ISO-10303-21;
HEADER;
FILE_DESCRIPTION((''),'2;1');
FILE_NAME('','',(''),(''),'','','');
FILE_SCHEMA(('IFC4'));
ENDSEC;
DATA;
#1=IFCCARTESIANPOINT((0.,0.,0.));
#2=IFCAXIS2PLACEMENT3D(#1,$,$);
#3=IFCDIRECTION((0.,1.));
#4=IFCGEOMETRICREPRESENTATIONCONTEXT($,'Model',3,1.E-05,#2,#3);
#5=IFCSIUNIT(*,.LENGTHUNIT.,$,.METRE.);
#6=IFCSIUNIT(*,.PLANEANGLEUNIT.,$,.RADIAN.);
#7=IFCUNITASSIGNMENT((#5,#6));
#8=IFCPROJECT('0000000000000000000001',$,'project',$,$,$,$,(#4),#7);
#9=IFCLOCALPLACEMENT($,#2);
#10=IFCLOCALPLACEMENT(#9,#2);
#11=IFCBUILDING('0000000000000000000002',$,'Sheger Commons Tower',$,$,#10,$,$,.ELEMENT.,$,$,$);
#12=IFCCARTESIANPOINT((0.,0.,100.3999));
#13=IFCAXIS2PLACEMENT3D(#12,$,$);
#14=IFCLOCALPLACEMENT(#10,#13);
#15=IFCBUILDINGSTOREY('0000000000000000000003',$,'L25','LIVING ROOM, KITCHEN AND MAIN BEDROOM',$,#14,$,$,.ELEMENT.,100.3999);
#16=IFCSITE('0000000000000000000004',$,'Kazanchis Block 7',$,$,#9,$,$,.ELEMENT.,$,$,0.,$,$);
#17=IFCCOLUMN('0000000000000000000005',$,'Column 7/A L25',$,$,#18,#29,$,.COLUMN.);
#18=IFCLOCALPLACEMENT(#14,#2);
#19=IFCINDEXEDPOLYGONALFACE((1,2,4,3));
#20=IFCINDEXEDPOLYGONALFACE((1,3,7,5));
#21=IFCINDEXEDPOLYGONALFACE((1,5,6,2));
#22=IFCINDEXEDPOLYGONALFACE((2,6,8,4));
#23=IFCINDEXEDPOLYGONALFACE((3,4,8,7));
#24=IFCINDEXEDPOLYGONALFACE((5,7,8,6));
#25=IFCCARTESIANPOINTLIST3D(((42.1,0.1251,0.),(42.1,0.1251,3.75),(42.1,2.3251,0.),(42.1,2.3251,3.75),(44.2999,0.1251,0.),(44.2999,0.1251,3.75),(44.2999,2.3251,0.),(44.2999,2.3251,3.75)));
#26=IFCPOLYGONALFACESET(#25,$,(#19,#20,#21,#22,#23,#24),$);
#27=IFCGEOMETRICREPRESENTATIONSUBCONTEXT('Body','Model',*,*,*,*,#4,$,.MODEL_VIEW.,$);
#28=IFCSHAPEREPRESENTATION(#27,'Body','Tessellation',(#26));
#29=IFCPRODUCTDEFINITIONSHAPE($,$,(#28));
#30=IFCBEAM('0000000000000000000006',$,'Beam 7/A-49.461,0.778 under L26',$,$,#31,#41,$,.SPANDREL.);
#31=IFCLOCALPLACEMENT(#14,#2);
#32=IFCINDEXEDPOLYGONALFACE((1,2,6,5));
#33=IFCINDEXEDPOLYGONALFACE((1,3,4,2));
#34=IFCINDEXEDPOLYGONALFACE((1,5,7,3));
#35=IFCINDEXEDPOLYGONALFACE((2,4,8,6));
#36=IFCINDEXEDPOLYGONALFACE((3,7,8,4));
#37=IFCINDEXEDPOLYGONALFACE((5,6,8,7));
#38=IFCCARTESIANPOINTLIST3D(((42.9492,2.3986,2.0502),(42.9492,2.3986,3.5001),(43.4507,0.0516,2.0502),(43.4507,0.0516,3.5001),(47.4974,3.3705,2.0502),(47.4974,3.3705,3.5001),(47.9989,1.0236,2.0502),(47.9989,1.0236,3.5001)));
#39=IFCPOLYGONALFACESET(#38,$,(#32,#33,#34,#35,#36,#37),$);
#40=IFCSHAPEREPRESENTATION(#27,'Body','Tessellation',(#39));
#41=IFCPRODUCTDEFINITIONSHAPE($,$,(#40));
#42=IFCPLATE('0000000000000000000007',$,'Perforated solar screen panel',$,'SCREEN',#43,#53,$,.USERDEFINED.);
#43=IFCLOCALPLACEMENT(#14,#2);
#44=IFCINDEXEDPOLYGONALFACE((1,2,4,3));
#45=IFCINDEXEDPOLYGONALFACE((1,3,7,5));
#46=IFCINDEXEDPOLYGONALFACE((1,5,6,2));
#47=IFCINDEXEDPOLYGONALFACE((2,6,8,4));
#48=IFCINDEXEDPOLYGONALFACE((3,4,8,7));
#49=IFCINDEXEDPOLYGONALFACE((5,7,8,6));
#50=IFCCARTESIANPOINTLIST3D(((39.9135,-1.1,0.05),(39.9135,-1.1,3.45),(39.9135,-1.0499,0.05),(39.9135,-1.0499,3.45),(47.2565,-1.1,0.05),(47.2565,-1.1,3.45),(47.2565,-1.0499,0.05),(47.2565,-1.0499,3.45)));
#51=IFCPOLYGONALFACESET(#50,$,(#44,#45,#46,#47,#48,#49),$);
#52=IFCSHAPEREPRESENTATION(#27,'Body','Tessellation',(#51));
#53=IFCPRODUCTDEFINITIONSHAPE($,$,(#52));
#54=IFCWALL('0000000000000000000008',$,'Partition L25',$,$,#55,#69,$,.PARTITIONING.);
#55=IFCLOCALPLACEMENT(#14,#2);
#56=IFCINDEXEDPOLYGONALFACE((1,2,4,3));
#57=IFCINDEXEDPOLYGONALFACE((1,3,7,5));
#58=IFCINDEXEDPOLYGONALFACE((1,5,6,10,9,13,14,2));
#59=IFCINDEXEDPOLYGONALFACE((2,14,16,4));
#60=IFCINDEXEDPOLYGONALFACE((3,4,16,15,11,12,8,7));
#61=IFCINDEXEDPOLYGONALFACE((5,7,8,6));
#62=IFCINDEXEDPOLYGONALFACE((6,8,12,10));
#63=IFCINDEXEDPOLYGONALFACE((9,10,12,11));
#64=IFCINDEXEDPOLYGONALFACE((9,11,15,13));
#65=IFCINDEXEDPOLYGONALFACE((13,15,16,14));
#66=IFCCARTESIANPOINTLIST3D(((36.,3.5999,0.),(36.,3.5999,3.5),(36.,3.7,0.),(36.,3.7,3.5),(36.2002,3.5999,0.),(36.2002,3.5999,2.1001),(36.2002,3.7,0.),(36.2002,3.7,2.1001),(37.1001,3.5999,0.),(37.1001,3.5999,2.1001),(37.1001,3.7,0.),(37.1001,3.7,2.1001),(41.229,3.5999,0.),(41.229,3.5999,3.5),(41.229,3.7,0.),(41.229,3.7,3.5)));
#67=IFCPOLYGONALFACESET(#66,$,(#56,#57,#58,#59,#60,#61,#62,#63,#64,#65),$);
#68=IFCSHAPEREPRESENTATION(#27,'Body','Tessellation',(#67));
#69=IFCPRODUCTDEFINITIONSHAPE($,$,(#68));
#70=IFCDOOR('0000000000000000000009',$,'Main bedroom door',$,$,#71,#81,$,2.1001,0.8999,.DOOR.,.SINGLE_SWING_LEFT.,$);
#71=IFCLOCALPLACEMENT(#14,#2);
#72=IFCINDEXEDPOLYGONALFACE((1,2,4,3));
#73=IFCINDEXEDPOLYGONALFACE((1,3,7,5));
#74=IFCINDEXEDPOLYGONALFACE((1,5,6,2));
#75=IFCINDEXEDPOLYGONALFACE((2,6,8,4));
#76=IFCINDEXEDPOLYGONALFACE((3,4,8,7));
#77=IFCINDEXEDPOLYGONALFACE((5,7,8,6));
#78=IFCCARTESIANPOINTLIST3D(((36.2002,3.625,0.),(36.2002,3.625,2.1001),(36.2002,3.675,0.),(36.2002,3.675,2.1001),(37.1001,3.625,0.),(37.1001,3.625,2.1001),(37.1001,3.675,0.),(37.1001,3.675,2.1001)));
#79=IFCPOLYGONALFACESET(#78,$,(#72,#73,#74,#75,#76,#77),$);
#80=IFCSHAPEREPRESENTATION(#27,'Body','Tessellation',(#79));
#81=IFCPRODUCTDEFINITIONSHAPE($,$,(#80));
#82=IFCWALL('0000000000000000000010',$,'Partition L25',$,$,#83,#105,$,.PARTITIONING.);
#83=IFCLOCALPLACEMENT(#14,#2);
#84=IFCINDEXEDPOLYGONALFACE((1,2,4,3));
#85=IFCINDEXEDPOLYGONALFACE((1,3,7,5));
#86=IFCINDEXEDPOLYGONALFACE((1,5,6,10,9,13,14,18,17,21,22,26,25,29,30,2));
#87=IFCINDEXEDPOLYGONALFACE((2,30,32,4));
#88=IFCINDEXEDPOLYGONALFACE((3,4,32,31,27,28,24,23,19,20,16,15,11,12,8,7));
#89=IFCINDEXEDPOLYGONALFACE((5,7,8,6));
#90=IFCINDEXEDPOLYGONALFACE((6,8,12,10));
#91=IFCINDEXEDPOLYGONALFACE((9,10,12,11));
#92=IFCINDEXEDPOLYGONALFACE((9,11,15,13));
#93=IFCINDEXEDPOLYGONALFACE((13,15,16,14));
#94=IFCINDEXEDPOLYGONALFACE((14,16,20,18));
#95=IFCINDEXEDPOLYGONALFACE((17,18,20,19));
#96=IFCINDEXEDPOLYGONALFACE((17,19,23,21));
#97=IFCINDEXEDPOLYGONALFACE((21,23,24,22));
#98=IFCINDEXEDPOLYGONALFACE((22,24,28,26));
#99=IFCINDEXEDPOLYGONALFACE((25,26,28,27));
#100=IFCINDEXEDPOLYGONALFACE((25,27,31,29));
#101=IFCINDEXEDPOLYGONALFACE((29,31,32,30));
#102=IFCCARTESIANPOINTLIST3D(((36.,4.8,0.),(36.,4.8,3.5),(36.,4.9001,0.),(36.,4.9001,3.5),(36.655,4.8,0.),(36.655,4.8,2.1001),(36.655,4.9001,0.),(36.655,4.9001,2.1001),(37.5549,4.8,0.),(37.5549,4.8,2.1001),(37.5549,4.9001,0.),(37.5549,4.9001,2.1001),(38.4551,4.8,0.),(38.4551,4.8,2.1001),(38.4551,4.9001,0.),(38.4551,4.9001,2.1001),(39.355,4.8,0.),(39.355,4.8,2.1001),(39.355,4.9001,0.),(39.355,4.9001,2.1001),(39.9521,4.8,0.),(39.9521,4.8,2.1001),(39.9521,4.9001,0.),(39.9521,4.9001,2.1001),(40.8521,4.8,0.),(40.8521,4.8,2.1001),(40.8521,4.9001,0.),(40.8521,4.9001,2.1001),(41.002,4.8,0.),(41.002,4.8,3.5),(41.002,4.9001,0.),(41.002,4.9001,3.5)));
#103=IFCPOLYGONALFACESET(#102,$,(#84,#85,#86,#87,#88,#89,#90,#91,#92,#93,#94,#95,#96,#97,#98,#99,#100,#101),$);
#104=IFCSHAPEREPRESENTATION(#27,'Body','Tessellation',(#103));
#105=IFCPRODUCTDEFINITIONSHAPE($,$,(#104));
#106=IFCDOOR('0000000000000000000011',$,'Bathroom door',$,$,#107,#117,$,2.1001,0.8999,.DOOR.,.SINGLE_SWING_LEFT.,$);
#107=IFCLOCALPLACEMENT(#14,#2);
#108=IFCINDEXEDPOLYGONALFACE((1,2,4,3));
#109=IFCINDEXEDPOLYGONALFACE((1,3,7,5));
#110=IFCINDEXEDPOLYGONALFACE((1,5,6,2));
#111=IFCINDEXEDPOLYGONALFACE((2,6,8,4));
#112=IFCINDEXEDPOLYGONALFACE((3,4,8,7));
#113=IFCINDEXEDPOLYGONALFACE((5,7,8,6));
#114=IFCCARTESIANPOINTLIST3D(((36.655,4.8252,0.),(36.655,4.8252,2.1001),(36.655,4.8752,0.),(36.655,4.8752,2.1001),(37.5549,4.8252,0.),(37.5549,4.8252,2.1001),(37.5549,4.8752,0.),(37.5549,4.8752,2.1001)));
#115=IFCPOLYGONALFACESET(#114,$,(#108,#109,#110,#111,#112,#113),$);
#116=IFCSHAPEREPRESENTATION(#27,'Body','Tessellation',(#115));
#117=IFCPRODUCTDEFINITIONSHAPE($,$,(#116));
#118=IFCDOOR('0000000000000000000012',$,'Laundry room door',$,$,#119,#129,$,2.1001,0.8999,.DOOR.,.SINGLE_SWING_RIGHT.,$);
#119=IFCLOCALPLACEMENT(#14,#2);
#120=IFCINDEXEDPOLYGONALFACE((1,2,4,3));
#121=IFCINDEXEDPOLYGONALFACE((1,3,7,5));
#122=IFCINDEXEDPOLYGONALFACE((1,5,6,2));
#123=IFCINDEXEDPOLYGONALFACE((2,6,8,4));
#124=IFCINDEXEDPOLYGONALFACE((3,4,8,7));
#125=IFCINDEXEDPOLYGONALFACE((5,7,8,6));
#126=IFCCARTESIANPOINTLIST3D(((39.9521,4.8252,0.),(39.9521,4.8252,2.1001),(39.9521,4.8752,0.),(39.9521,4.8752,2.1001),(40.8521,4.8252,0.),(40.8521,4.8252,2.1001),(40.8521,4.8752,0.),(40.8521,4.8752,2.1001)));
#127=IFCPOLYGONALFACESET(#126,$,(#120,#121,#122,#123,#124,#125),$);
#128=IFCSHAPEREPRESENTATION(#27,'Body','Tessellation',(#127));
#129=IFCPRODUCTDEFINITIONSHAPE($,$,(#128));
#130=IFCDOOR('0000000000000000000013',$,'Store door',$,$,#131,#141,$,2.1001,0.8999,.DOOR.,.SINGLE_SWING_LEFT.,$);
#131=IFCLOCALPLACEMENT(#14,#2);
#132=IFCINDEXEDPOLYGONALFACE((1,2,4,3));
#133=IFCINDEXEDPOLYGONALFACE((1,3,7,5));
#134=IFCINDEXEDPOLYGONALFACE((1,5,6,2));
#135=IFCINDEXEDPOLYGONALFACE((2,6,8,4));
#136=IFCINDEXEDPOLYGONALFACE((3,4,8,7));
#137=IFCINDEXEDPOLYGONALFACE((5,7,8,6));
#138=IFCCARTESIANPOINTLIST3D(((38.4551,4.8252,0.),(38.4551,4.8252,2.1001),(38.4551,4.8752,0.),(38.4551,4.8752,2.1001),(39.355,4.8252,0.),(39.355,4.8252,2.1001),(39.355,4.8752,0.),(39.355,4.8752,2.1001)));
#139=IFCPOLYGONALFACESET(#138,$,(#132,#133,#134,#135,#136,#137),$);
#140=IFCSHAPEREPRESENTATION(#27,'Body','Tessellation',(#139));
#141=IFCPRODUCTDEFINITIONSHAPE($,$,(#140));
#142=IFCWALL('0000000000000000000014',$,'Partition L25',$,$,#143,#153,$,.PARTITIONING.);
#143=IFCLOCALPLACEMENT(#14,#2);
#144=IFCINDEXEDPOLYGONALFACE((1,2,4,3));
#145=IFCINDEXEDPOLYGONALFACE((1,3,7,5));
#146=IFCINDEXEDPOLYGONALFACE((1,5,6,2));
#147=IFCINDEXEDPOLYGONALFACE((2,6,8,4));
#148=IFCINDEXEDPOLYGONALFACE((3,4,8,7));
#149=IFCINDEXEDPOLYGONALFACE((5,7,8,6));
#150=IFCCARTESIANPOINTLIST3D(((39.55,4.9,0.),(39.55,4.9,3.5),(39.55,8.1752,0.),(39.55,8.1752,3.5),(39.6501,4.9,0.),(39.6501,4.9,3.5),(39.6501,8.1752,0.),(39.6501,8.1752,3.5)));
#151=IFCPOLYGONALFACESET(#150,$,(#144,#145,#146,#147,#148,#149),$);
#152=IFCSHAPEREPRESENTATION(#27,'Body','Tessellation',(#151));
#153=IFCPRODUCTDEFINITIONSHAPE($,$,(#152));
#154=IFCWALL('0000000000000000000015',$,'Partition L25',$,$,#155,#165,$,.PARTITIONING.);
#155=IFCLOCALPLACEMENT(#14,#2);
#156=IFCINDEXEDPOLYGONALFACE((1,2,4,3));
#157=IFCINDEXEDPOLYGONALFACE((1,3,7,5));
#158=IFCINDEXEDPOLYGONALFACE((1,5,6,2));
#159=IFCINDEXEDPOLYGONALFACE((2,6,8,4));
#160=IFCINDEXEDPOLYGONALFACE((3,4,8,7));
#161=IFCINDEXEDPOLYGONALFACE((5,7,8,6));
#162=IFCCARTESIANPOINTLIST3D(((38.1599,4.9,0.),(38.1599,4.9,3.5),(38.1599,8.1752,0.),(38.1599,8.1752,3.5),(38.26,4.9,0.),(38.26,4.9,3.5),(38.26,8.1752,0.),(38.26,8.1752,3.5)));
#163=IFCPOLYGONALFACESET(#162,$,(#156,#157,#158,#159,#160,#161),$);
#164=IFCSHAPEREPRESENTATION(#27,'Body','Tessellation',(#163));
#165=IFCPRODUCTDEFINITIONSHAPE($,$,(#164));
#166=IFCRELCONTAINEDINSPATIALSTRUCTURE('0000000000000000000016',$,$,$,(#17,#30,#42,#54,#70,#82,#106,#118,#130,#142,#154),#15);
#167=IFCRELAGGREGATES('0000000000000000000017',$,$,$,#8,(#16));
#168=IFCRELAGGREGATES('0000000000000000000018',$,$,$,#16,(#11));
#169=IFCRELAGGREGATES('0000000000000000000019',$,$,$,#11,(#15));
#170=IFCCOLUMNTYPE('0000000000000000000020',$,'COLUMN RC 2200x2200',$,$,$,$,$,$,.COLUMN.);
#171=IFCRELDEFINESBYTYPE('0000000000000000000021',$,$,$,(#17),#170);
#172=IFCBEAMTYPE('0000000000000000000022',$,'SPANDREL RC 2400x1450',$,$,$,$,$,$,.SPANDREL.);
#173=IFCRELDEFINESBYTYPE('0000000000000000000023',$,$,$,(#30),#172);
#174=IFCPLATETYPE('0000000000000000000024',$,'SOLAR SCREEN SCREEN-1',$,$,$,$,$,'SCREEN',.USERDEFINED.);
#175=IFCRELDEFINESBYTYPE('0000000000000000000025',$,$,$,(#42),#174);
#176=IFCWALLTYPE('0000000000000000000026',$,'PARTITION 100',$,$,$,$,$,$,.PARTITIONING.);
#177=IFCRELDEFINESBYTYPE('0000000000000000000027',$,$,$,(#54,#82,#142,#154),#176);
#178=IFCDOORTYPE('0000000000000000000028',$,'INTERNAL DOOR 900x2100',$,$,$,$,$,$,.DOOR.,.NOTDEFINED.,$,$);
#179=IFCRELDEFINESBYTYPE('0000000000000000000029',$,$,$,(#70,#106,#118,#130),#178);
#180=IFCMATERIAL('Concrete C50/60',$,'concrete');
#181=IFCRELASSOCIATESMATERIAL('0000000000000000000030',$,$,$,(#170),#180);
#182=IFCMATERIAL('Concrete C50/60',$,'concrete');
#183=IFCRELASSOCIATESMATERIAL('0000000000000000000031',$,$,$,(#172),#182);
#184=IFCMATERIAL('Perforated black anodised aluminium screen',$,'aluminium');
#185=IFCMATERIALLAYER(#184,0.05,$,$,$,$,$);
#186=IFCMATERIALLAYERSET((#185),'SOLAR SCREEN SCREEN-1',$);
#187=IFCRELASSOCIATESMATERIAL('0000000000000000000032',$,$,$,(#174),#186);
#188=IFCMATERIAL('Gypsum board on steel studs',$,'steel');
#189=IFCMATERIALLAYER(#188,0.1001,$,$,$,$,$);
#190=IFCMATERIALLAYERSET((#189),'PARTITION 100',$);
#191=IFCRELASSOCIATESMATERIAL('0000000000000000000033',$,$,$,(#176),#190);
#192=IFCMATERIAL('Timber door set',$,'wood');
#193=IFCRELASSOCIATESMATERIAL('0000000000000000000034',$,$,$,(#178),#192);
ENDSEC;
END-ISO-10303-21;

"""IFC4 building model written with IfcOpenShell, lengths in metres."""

from ifc_helpers import new_model, si_unit, direction, frame, frame_2d, origin, origin_2d, place, context, subcontext, project, spatial, rectangle, extrude, material, layer, layer_set, material_profile, profile_set, type_object, element, fill, save


model = new_model("IFC4")

# Units and contexts
model_context = context("Model", 3, precision=1e-05, world=origin(), true_north=direction((0.0, 1.0)))
body_context = subcontext(model_context, "Body", "Model", "MODEL_VIEW")
ifc_project = project(units=[si_unit("LENGTHUNIT", "METRE"), si_unit("PLANEANGLEUNIT", "RADIAN")], contexts=[model_context])

# Site, building, storey
site_placement = place(None, origin())
site = spatial("IfcSite", under=ifc_project, at=site_placement, Name="Kazanchis Block 7", CompositionType="ELEMENT", RefElevation=0.0)
building_placement = place(site_placement, origin())
building = spatial("IfcBuilding", under=site, at=building_placement, Name="Sheger Commons Tower", CompositionType="ELEMENT")
storey_placement = place(building_placement, frame((0.0, 0.0, 100.3999)))
storey = spatial("IfcBuildingStorey", under=building, at=storey_placement, Name="L25", Description="LIVING ROOM, KITCHEN AND MAIN BEDROOM", CompositionType="ELEMENT", Elevation=100.3999)

# Column
ifc_material_1 = material(Name="Concrete C50/60", Category="concrete")
ifc_material_profile_1 = material_profile(ifc_material_1, rectangle(XDim=2.2, YDim=2.2, at=origin_2d()), Name="RC 2200x2200")
ifc_profile_set_1 = profile_set([ifc_material_profile_1], Name="Concrete C50/60")
column_type = type_object("IfcColumnType", Name="COLUMN RC 2200x2200", PredefinedType="COLUMN", material=ifc_profile_set_1)
column_placement = place(storey_placement, frame((43.2, 1.2251, 0.0), z_axis=(0.0, 0.0, 1.0), x_axis=(1.0, 0.0, 0.0)))
element("IfcColumn", 1, at=column_placement, inside=storey, type_object=column_type, Name="Column 7/A L25", PredefinedType="COLUMN", context=body_context, shape_type="SweptSolid", body=[
    extrude(rectangle(XDim=2.2, YDim=2.2, at=origin_2d()), origin(), (0.0, 0.0, 1.0), 3.75),
])

# Beam
ifc_material_2 = material(Name="Concrete C50/60", Category="concrete")
ifc_material_profile_2 = material_profile(ifc_material_2, rectangle(XDim=2.3999, YDim=1.45, at=origin_2d()), Name="RC 2400x1450")
ifc_profile_set_2 = profile_set([ifc_material_profile_2], Name="Concrete C50/60")
beam_type = type_object("IfcBeamType", Name="SPANDREL RC 2400x1450", PredefinedType="SPANDREL", material=ifc_profile_set_2)
beam_placement = place(storey_placement, frame((43.2, 1.2251, 2.7751), z_axis=(0.97792, 0.208981, 0.0), x_axis=(-0.208981, 0.97792, 0.0)))
element("IfcBeam", 2, at=beam_placement, inside=storey, type_object=beam_type, Name="Beam 7/A-49.461,0.778 under L26", PredefinedType="SPANDREL", context=body_context, shape_type="SweptSolid", body=[
    extrude(rectangle(XDim=2.3999, YDim=1.45, at=origin_2d()), origin(), (0.0, 0.0, 1.0), 4.6509),
])

# Plate
ifc_material_3 = material(Name="Perforated black anodised aluminium screen", Category="aluminium")
ifc_layer_1 = layer(ifc_material_3, 0.05)
ifc_layer_set_1 = layer_set([ifc_layer_1], Name="SOLAR SCREEN SCREEN-1")
plate_type = type_object("IfcPlateType", Name="SOLAR SCREEN SCREEN-1", ElementType="SCREEN", PredefinedType="USERDEFINED", material=ifc_layer_set_1)
plate_placement = place(storey_placement, frame((43.585, -1.075, 0.05), z_axis=(0.0, 0.0, 1.0), x_axis=(1.0, 0.0, 0.0)))
element("IfcPlate", 3, at=plate_placement, inside=storey, type_object=plate_type, Name="Perforated solar screen panel", ObjectType="SCREEN", PredefinedType="USERDEFINED", context=body_context, shape_type="SweptSolid", body=[
    extrude(rectangle(XDim=7.343, YDim=0.05, at=origin_2d()), origin(), (0.0, 0.0, 1.0), 3.3999),
])

# Wall, opening, door
ifc_material_4 = material(Name="Gypsum board on steel studs", Category="steel")
ifc_layer_2 = layer(ifc_material_4, 0.1001)
ifc_layer_set_2 = layer_set([ifc_layer_2], Name="PARTITION 100")
wall_type = type_object("IfcWallType", Name="PARTITION 100", PredefinedType="PARTITIONING", material=ifc_layer_set_2)
wall_1_placement = place(storey_placement, frame((41.229, 3.6499, 0.0), z_axis=(0.0, 0.0, 1.0), x_axis=(-1.0, 0.0, 0.0)))
wall_1 = element("IfcWall", 4, at=wall_1_placement, inside=storey, type_object=wall_type, Name="Partition L25", PredefinedType="PARTITIONING", context=body_context, shape_type="SweptSolid", body=[
    extrude(rectangle(XDim=5.229, YDim=0.1001, at=frame_2d((2.6145, 0.0))), origin(), (0.0, 0.0, 1.0), 3.5),
])
opening_1_placement = place(wall_1_placement, frame((4.1289, 0.0, 0.0)))
opening_1 = element("IfcOpeningElement", 5, at=opening_1_placement, cuts=wall_1, PredefinedType="OPENING", context=body_context, shape_type="SweptSolid", body=[
    extrude(rectangle(XDim=0.8999, YDim=2.1001, at=frame_2d((0.45, 1.05))), frame((0.0, 0.0601, 0.0), z_axis=(0.0, -1.0, 0.0), x_axis=(1.0, 0.0, 0.0)), (0.0, 0.0, 1.0), 0.1201),
])
ifc_material_5 = material(Name="Timber door set", Category="wood")
door_type = type_object("IfcDoorType", Name="INTERNAL DOOR 900x2100", OperationType="NOTDEFINED", PredefinedType="DOOR", material=ifc_material_5)
door_1_placement = place(opening_1_placement, origin())
door_1 = element("IfcDoor", 6, at=door_1_placement, inside=storey, type_object=door_type, Name="Main bedroom door", OperationType="SINGLE_SWING_LEFT", OverallHeight=2.1001, OverallWidth=0.8999, PredefinedType="DOOR", context=body_context, shape_type="SweptSolid", body=[
    extrude(rectangle(XDim=0.8999, YDim=2.1001, at=frame_2d((0.45, 1.05))), frame((0.0, 0.0249, 0.0), z_axis=(0.0, -1.0, 0.0), x_axis=(1.0, 0.0, 0.0)), (0.0, 0.0, 1.0), 0.05),
])
fill(opening_1, door_1)

# Wall, openings, doors
wall_2_placement = place(storey_placement, frame((41.002, 4.8501, 0.0), z_axis=(0.0, 0.0, 1.0), x_axis=(-1.0, 0.0, 0.0)))
wall_2 = element("IfcWall", 7, at=wall_2_placement, inside=storey, type_object=wall_type, Name="Partition L25", PredefinedType="PARTITIONING", context=body_context, shape_type="SweptSolid", body=[
    extrude(rectangle(XDim=5.002, YDim=0.1001, at=frame_2d((2.501, 0.0))), origin(), (0.0, 0.0, 1.0), 3.5),
])
opening_2_placement = place(wall_2_placement, frame((3.447, 0.0, 0.0)))
opening_2 = element("IfcOpeningElement", 8, at=opening_2_placement, cuts=wall_2, PredefinedType="OPENING", context=body_context, shape_type="SweptSolid", body=[
    extrude(rectangle(XDim=0.8999, YDim=2.1001, at=frame_2d((0.45, 1.05))), frame((0.0, 0.0601, 0.0), z_axis=(0.0, -1.0, 0.0), x_axis=(1.0, 0.0, 0.0)), (0.0, 0.0, 1.0), 0.1201),
])
opening_3_placement = place(wall_2_placement, frame((0.1499, 0.0, 0.0)))
opening_3 = element("IfcOpeningElement", 9, at=opening_3_placement, cuts=wall_2, PredefinedType="OPENING", context=body_context, shape_type="SweptSolid", body=[
    extrude(rectangle(XDim=0.8999, YDim=2.1001, at=frame_2d((0.45, 1.05))), frame((0.0, 0.0601, 0.0), z_axis=(0.0, -1.0, 0.0), x_axis=(1.0, 0.0, 0.0)), (0.0, 0.0, 1.0), 0.1201),
])
opening_4_placement = place(wall_2_placement, frame((1.647, 0.0, 0.0)))
opening_4 = element("IfcOpeningElement", 10, at=opening_4_placement, cuts=wall_2, PredefinedType="OPENING", context=body_context, shape_type="SweptSolid", body=[
    extrude(rectangle(XDim=0.8999, YDim=2.1001, at=frame_2d((0.45, 1.05))), frame((0.0, 0.0601, 0.0), z_axis=(0.0, -1.0, 0.0), x_axis=(1.0, 0.0, 0.0)), (0.0, 0.0, 1.0), 0.1201),
])
door_2_placement = place(opening_2_placement, origin())
door_2 = element("IfcDoor", 11, at=door_2_placement, inside=storey, type_object=door_type, Name="Bathroom door", OperationType="SINGLE_SWING_LEFT", OverallHeight=2.1001, OverallWidth=0.8999, PredefinedType="DOOR", context=body_context, shape_type="SweptSolid", body=[
    extrude(rectangle(XDim=0.8999, YDim=2.1001, at=frame_2d((0.45, 1.05))), frame((0.0, 0.0249, 0.0), z_axis=(0.0, -1.0, 0.0), x_axis=(1.0, 0.0, 0.0)), (0.0, 0.0, 1.0), 0.05),
])
fill(opening_2, door_2)
door_3_placement = place(opening_3_placement, origin())
door_3 = element("IfcDoor", 12, at=door_3_placement, inside=storey, type_object=door_type, Name="Laundry room door", OperationType="SINGLE_SWING_RIGHT", OverallHeight=2.1001, OverallWidth=0.8999, PredefinedType="DOOR", context=body_context, shape_type="SweptSolid", body=[
    extrude(rectangle(XDim=0.8999, YDim=2.1001, at=frame_2d((0.45, 1.05))), frame((0.0, 0.0249, 0.0), z_axis=(0.0, -1.0, 0.0), x_axis=(1.0, 0.0, 0.0)), (0.0, 0.0, 1.0), 0.05),
])
fill(opening_3, door_3)
door_4_placement = place(opening_4_placement, origin())
door_4 = element("IfcDoor", 13, at=door_4_placement, inside=storey, type_object=door_type, Name="Store door", OperationType="SINGLE_SWING_LEFT", OverallHeight=2.1001, OverallWidth=0.8999, PredefinedType="DOOR", context=body_context, shape_type="SweptSolid", body=[
    extrude(rectangle(XDim=0.8999, YDim=2.1001, at=frame_2d((0.45, 1.05))), frame((0.0, 0.0249, 0.0), z_axis=(0.0, -1.0, 0.0), x_axis=(1.0, 0.0, 0.0)), (0.0, 0.0, 1.0), 0.05),
])
fill(opening_4, door_4)

# Walls
for number, where, z_axis, x_axis, name in (
    (14, (39.6001, 4.8999, 0.0), (0.0, 0.0, 1.0), (0.0, 1.0, 0.0), "Partition L25"),
    (15, (38.21, 4.8999, 0.0), (0.0, 0.0, 1.0), (0.0, 1.0, 0.0), "Partition L25"),
):
    element("IfcWall", number, at=place(storey_placement, frame(where, z_axis=z_axis, x_axis=x_axis)), inside=storey, type_object=wall_type, Name=name, PredefinedType="PARTITIONING", context=body_context, shape_type="SweptSolid", body=[
        extrude(rectangle(XDim=3.2751, YDim=0.1001, at=frame_2d((1.6377, 0.0))), origin(), (0.0, 0.0, 1.0), 3.5),
    ])

save(model, "model.ifc")
